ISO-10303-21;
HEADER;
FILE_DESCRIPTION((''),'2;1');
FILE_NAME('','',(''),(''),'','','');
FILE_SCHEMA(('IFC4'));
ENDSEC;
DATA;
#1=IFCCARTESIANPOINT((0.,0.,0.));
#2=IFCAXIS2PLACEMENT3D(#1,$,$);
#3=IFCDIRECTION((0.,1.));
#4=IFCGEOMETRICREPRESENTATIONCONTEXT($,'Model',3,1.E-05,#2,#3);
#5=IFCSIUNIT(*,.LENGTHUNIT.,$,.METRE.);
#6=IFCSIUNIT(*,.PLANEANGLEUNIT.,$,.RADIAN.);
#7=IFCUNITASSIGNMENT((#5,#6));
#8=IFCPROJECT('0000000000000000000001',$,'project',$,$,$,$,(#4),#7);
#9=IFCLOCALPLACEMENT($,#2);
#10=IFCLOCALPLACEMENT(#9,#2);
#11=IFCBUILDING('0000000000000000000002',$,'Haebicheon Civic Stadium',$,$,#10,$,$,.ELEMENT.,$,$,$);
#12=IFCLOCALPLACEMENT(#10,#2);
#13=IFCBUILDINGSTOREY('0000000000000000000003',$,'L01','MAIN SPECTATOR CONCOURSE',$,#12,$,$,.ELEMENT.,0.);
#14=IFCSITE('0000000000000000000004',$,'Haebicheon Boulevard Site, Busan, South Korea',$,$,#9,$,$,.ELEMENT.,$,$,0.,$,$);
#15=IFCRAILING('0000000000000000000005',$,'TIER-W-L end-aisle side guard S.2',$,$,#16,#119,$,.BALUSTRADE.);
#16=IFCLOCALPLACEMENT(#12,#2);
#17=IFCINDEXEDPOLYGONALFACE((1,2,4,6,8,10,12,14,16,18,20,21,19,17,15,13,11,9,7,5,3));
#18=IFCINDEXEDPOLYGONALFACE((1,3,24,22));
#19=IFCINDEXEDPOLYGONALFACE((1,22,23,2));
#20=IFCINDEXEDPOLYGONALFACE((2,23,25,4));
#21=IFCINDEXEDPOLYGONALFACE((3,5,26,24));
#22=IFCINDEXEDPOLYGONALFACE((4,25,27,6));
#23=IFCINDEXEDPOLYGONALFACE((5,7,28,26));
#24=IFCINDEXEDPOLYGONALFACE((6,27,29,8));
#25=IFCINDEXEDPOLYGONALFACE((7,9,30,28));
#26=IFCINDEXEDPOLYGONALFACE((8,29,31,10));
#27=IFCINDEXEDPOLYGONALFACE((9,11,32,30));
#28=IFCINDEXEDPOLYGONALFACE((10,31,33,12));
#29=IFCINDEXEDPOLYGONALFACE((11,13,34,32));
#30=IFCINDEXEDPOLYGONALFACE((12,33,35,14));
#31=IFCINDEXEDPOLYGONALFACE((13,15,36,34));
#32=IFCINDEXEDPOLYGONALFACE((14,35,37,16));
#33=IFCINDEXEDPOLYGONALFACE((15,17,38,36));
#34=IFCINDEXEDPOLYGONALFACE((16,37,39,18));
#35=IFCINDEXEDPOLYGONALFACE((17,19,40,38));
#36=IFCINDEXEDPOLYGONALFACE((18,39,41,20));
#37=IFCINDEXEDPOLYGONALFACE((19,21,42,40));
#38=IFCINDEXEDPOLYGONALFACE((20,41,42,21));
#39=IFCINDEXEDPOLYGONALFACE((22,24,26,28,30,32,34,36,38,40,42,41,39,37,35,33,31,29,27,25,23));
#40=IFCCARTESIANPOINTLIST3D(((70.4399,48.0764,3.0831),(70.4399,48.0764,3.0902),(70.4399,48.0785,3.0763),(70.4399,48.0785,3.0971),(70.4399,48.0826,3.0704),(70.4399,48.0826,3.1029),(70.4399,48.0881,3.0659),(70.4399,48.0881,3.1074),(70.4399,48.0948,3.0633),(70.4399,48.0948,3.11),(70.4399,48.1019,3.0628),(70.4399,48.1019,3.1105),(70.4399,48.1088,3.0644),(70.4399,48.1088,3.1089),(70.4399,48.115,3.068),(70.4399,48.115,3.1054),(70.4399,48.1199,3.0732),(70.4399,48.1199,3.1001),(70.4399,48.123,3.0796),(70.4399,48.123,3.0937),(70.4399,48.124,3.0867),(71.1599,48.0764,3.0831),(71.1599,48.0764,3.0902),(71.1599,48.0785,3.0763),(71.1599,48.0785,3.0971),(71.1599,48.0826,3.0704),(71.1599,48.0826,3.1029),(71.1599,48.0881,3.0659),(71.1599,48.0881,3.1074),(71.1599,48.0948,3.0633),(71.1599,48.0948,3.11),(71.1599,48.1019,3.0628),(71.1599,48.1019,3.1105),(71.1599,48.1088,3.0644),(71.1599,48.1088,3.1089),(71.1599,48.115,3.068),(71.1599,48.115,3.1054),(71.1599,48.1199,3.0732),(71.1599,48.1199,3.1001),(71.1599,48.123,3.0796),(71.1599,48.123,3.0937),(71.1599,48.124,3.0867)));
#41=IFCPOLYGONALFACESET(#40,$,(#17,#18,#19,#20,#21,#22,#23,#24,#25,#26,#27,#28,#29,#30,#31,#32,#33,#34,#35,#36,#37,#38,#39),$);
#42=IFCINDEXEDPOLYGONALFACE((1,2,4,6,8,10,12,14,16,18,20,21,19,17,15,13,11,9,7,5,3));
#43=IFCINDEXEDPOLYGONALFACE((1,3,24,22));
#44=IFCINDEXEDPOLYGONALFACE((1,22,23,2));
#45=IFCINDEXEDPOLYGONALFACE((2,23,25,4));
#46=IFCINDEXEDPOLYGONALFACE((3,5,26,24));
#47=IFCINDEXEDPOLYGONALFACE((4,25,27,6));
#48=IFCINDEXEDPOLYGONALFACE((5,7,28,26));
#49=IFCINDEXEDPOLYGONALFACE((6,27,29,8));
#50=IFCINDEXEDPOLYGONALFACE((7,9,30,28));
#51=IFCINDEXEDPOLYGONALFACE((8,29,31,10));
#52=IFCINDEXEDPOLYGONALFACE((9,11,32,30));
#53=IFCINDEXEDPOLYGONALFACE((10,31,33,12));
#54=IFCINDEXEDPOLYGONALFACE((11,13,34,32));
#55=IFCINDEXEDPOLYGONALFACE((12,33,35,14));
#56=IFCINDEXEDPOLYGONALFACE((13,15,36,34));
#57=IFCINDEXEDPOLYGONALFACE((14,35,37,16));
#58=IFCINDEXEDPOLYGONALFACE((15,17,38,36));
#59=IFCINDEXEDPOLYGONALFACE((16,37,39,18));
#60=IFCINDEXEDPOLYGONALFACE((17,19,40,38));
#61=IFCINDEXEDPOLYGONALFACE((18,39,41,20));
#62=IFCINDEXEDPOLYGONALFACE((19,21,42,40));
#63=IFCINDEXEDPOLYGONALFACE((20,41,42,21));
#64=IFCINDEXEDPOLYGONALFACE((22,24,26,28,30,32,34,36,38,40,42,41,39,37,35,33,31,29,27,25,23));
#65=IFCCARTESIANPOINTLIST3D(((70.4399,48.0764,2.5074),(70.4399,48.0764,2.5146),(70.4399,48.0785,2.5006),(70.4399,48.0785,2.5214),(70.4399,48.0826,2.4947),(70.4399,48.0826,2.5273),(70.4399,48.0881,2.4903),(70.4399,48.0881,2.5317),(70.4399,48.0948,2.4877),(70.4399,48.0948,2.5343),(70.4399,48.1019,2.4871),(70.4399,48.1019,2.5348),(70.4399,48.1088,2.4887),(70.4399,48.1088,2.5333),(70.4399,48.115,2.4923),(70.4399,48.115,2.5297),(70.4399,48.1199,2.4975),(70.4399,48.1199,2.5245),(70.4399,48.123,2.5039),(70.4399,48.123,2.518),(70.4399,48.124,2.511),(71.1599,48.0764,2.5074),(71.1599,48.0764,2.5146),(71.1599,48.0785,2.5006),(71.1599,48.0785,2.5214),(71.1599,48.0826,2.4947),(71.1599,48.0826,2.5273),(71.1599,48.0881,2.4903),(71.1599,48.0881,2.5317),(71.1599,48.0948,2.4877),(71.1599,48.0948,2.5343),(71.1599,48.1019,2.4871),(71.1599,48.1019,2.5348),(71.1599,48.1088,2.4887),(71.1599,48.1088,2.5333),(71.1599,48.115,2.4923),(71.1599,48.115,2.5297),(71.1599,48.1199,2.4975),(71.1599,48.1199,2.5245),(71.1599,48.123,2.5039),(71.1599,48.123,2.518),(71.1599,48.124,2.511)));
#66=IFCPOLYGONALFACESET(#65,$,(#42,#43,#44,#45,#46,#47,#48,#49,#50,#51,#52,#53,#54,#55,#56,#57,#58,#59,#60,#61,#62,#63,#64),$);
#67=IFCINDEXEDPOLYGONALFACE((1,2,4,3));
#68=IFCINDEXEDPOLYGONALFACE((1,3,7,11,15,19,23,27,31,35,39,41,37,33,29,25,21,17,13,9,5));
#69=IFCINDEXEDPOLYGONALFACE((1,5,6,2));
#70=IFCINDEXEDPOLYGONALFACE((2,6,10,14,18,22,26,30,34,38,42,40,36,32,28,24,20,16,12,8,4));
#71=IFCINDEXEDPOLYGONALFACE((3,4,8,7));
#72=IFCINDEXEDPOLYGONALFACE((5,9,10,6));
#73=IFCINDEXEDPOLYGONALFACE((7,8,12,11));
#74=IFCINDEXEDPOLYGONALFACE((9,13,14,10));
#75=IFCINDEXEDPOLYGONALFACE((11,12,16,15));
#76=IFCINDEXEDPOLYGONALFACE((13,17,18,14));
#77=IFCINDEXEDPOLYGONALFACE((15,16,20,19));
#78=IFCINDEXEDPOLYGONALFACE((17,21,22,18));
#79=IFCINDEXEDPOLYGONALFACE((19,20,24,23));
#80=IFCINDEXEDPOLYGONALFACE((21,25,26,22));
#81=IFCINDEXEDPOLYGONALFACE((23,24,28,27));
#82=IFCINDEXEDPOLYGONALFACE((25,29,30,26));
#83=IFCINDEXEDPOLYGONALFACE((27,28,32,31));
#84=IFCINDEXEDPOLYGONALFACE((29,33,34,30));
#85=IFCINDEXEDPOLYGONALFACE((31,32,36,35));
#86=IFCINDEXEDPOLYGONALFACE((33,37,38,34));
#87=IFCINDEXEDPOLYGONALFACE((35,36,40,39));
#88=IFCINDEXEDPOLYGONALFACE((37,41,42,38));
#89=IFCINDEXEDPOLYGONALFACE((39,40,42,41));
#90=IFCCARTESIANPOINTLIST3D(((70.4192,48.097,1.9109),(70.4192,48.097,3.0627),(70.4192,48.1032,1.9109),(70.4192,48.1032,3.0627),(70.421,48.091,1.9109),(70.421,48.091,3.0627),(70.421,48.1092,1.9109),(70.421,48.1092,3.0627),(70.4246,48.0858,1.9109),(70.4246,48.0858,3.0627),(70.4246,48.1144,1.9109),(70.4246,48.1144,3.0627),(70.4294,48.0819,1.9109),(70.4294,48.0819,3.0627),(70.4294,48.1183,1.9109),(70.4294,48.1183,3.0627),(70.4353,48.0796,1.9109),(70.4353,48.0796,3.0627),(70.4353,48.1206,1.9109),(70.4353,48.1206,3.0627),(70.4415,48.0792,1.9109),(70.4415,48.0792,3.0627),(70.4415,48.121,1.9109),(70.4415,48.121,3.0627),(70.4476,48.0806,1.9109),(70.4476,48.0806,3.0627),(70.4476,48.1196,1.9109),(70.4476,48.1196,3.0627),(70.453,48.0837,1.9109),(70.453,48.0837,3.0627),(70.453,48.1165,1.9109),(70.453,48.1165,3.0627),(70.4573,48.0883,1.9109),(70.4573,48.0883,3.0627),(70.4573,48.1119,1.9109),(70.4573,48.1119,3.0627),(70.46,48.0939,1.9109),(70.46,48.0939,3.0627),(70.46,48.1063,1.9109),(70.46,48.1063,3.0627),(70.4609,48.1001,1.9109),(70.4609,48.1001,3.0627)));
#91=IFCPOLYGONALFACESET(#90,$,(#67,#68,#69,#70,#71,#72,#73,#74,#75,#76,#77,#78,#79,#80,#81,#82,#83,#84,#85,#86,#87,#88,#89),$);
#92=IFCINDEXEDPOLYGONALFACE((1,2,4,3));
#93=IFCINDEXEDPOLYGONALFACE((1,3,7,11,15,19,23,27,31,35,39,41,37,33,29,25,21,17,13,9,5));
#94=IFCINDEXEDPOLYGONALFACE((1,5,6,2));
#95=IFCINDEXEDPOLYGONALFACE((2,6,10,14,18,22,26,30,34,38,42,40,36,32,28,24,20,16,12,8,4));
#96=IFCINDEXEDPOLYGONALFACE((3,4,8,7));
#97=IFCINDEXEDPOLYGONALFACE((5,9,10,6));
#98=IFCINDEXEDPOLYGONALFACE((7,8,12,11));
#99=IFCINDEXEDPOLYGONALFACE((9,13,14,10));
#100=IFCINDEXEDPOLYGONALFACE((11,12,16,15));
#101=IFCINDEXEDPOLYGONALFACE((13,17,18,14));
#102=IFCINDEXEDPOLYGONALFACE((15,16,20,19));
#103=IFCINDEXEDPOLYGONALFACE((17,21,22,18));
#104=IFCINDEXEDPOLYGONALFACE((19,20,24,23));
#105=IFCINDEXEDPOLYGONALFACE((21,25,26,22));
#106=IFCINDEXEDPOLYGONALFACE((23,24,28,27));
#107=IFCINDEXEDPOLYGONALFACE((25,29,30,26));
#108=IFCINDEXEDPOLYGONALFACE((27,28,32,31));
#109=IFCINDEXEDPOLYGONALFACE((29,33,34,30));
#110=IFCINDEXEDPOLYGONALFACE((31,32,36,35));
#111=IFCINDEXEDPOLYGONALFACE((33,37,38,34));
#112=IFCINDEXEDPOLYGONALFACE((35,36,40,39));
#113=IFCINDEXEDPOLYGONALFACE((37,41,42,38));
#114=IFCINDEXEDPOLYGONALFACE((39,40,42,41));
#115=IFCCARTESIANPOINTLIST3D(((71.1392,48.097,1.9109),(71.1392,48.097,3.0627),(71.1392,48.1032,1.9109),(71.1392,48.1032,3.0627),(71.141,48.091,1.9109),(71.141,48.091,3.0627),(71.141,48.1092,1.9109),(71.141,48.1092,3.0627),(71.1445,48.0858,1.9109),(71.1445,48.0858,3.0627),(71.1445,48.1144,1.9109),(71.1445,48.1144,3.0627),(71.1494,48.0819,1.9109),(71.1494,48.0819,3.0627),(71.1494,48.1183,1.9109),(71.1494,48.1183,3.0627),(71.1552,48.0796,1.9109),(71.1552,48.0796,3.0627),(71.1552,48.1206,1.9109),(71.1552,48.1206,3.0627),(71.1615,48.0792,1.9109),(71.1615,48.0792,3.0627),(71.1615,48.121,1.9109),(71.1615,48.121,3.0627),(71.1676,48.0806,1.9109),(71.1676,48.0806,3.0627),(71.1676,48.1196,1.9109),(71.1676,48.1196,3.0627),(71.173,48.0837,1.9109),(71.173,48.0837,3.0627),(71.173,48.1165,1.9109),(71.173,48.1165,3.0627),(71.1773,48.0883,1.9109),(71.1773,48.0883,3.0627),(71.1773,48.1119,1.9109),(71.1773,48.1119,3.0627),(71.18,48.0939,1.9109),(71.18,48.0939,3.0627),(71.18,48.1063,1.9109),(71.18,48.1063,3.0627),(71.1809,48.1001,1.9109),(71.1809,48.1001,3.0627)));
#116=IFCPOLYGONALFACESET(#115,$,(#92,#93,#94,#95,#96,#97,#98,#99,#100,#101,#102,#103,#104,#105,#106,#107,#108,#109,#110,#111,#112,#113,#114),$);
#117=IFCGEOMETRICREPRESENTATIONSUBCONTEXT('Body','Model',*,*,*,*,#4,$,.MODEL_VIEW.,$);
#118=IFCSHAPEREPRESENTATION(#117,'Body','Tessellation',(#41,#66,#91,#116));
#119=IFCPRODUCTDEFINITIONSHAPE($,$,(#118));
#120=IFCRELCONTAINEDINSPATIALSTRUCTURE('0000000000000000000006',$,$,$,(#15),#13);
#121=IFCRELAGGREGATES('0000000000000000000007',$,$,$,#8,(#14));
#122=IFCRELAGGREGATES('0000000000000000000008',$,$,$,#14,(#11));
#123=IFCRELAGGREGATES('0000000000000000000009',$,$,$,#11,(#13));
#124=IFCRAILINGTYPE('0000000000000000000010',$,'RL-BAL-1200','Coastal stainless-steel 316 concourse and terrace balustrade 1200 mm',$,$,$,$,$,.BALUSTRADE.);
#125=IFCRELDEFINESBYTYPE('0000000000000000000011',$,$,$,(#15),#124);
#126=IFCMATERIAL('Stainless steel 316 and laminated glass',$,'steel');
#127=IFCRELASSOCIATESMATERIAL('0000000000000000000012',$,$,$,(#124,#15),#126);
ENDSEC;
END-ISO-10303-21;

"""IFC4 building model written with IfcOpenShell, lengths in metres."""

from ifc_helpers import new_model, si_unit, direction, frame, origin, origin_2d, place, context, subcontext, project, spatial, circle, extrude, material, type_object, element, save


model = new_model("IFC4")

# Units and contexts
model_context = context("Model", 3, precision=1e-05, world=origin(), true_north=direction((0.0, 1.0)))
body_context = subcontext(model_context, "Body", "Model", "MODEL_VIEW")
ifc_project = project(units=[si_unit("LENGTHUNIT", "METRE"), si_unit("PLANEANGLEUNIT", "RADIAN")], contexts=[model_context])

# Site, building, storey
site_placement = place(None, origin())
site = spatial("IfcSite", under=ifc_project, at=site_placement, Name="Haebicheon Boulevard Site, Busan, South Korea", CompositionType="ELEMENT", RefElevation=0.0)
building_placement = place(site_placement, origin())
building = spatial("IfcBuilding", under=site, at=building_placement, Name="Haebicheon Civic Stadium", CompositionType="ELEMENT")
storey_placement = place(building_placement, origin())
storey = spatial("IfcBuildingStorey", under=building, at=storey_placement, Name="L01", Description="MAIN SPECTATOR CONCOURSE", CompositionType="ELEMENT", Elevation=0.0)

# Railing
ifc_material_1 = material(Name="Stainless steel 316 and laminated glass", Category="steel")
railing_type = type_object("IfcRailingType", Name="RL-BAL-1200", Description="Coastal stainless-steel 316 concourse and terrace balustrade 1200 mm", PredefinedType="BALUSTRADE", material=ifc_material_1)
for number, where, name in (
    (1, (70.4399, 48.1001, 1.9109), "TIER-W-L end-aisle side guard S.2"),
):
    element("IfcRailing", number, at=place(storey_placement, frame(where)), inside=storey, type_object=railing_type, material=ifc_material_1, Name=name, PredefinedType="BALUSTRADE", context=body_context, shape_type="SweptSolid", body=[
        extrude(circle(Radius=0.0239, at=origin_2d()), frame((0.0, 0.0, 1.1758), z_axis=(1.0, 0.0, 0.0), x_axis=(0.0, 1.0, 0.0)), (0.0, 0.0, 1.0), 0.72),
        extrude(circle(Radius=0.0239, at=origin_2d()), frame((0.0, 0.0, 0.6001), z_axis=(1.0, 0.0, 0.0), x_axis=(0.0, 1.0, 0.0)), (0.0, 0.0, 1.0), 0.72),
        extrude(circle(Radius=0.021, at=origin_2d()), origin(), (0.0, 0.0, 1.0), 1.1519),
        extrude(circle(Radius=0.021, at=origin_2d()), frame((0.72, 0.0, 0.0)), (0.0, 0.0, 1.0), 1.1519),
    ])

save(model, "model.ifc")
